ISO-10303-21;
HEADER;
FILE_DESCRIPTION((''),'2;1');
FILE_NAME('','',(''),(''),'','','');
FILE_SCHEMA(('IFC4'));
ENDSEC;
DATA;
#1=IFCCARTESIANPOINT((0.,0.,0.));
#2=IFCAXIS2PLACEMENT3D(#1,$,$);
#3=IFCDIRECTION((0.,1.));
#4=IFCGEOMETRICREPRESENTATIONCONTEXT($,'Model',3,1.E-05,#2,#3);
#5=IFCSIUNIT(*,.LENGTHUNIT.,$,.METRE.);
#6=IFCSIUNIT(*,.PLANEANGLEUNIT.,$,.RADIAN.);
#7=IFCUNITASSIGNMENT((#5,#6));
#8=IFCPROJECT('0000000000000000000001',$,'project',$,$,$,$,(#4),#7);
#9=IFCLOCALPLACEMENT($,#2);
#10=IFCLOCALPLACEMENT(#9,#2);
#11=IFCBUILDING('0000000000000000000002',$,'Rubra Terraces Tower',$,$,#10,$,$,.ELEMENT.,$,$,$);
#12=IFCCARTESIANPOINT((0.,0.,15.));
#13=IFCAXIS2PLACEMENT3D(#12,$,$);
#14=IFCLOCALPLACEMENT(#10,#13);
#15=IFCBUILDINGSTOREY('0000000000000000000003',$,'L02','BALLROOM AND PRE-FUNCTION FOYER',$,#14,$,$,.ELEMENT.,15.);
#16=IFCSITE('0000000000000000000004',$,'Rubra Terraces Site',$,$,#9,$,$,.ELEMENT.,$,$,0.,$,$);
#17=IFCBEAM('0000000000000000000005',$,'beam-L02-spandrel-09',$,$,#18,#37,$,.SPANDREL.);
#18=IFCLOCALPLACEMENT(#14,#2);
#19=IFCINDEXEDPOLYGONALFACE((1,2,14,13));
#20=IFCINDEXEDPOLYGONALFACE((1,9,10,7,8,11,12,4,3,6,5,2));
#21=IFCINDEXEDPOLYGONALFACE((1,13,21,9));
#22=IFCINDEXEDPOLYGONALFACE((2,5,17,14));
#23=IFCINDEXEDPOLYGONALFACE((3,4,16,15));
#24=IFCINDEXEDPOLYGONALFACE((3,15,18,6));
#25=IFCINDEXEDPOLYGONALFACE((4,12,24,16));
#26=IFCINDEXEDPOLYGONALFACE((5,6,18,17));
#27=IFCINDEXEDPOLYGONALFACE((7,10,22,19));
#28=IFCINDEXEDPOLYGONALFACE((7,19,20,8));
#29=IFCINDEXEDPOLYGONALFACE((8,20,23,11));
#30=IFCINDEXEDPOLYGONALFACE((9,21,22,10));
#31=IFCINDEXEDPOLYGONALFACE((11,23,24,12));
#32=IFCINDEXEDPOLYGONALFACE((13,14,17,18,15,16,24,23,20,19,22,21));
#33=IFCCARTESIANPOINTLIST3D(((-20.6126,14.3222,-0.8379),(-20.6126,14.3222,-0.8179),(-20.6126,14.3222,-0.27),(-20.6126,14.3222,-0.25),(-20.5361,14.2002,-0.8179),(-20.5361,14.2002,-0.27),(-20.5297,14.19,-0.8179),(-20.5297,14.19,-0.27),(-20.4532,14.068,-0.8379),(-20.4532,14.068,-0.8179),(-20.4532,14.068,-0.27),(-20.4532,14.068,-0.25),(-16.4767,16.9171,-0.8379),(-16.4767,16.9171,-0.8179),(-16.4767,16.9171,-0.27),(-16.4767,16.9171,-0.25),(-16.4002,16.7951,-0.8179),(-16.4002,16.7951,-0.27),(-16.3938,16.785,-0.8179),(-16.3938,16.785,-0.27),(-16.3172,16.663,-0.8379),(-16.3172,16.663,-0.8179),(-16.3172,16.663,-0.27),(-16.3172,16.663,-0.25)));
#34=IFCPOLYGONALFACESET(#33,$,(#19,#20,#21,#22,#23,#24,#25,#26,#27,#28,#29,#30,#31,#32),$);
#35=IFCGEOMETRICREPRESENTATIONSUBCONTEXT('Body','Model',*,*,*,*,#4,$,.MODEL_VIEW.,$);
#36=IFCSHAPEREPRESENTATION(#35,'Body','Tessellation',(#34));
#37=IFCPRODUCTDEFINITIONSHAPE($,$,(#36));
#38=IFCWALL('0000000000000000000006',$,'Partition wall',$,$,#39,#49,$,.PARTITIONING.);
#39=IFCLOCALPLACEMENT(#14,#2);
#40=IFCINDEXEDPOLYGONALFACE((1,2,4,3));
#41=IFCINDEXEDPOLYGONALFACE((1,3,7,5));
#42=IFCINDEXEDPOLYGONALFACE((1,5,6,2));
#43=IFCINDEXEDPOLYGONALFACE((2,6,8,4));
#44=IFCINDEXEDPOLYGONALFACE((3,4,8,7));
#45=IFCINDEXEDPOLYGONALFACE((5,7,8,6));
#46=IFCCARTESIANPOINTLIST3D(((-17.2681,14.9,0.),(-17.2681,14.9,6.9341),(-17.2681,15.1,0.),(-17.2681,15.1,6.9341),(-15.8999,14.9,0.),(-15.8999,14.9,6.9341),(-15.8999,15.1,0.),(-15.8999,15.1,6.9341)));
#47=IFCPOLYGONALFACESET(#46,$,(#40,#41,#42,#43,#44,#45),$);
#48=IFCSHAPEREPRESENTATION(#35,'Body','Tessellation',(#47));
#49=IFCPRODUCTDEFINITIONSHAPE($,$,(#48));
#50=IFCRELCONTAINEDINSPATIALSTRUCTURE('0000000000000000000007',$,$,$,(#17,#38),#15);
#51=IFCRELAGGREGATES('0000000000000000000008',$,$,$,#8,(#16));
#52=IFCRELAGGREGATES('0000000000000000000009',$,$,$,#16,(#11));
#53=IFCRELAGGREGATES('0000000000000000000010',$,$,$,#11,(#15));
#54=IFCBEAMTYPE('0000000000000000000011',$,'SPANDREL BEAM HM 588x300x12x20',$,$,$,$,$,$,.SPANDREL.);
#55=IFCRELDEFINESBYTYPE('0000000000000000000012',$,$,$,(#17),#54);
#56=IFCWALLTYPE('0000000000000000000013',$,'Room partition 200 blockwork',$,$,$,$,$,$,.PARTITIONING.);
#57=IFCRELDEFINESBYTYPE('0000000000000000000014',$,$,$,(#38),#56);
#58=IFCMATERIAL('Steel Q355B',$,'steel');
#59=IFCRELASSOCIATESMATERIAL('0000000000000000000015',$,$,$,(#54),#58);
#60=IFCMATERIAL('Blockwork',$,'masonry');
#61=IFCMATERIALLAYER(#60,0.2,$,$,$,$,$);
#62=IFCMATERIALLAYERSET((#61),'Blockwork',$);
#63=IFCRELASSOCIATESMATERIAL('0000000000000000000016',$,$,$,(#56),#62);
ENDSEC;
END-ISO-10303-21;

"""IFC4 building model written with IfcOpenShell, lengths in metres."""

from ifc_helpers import new_model, si_unit, direction, frame, frame_2d, origin, origin_2d, place, context, subcontext, project, spatial, rectangle, i_section, extrude, material, layer, layer_set, material_profile, profile_set, type_object, element, save


model = new_model("IFC4")

# Units and contexts
model_context = context("Model", 3, precision=1e-05, world=origin(), true_north=direction((0.0, 1.0)))
body_context = subcontext(model_context, "Body", "Model", "MODEL_VIEW")
ifc_project = project(units=[si_unit("LENGTHUNIT", "METRE"), si_unit("PLANEANGLEUNIT", "RADIAN")], contexts=[model_context])

# Site, building, storey
site_placement = place(None, origin())
site = spatial("IfcSite", under=ifc_project, at=site_placement, Name="Rubra Terraces Site", CompositionType="ELEMENT", RefElevation=0.0)
building_placement = place(site_placement, origin())
building = spatial("IfcBuilding", under=site, at=building_placement, Name="Rubra Terraces Tower", CompositionType="ELEMENT")
storey_placement = place(building_placement, frame((0.0, 0.0, 15.0)))
storey = spatial("IfcBuildingStorey", under=building, at=storey_placement, Name="L02", Description="BALLROOM AND PRE-FUNCTION FOYER", CompositionType="ELEMENT", Elevation=15.0)

# Shared definitions
ifc_material_1 = material(Name="Steel Q355B", Category="steel")

# Beam
ifc_material_profile_1 = material_profile(ifc_material_1, i_section(OverallWidth=0.3, OverallDepth=0.5879, WebThickness=0.012, FlangeThickness=0.02, at=origin_2d()), Name="HM 588x300x12x20")
ifc_profile_set_1 = profile_set([ifc_material_profile_1], Name="Steel Q355B")
beam_type_1 = type_object("IfcBeamType", Name="SPANDREL BEAM HM 588x300x12x20", PredefinedType="SPANDREL", material=ifc_profile_set_1)
beam_1_placement = place(storey_placement, frame((-16.397, 16.79, -0.5439), z_axis=(-0.847078, -0.531468, 0.0), x_axis=(0.531468, -0.847078, 0.0)))
element("IfcBeam", 1, at=beam_1_placement, inside=storey, type_object=beam_type_1, Name="beam-L02-spandrel-09", PredefinedType="SPANDREL", context=body_context, shape_type="SweptSolid", body=[
    extrude(i_section(OverallWidth=0.3, OverallDepth=0.5879, WebThickness=0.012, FlangeThickness=0.02, at=origin_2d()), origin(), (0.0, 0.0, 1.0), 4.8826),
])

# Wall
ifc_material_2 = material(Name="Blockwork", Category="masonry")
ifc_layer = layer(ifc_material_2, 0.2)
ifc_layer_set = layer_set([ifc_layer], Name="Blockwork")
wall_type = type_object("IfcWallType", Name="Room partition 200 blockwork", PredefinedType="PARTITIONING", material=ifc_layer_set)
wall_placement = place(storey_placement, frame((-17.2681, 15.0, 0.0), z_axis=(0.0, 0.0, 1.0), x_axis=(1.0, 0.0, 0.0)))
element("IfcWall", 2, at=wall_placement, inside=storey, type_object=wall_type, Name="Partition wall", PredefinedType="PARTITIONING", context=body_context, shape_type="SweptSolid", body=[
    extrude(rectangle(XDim=1.3682, YDim=0.2, at=frame_2d((0.6841, 0.0))), origin(), (0.0, 0.0, 1.0), 6.9341),
])

save(model, "model.ifc")
